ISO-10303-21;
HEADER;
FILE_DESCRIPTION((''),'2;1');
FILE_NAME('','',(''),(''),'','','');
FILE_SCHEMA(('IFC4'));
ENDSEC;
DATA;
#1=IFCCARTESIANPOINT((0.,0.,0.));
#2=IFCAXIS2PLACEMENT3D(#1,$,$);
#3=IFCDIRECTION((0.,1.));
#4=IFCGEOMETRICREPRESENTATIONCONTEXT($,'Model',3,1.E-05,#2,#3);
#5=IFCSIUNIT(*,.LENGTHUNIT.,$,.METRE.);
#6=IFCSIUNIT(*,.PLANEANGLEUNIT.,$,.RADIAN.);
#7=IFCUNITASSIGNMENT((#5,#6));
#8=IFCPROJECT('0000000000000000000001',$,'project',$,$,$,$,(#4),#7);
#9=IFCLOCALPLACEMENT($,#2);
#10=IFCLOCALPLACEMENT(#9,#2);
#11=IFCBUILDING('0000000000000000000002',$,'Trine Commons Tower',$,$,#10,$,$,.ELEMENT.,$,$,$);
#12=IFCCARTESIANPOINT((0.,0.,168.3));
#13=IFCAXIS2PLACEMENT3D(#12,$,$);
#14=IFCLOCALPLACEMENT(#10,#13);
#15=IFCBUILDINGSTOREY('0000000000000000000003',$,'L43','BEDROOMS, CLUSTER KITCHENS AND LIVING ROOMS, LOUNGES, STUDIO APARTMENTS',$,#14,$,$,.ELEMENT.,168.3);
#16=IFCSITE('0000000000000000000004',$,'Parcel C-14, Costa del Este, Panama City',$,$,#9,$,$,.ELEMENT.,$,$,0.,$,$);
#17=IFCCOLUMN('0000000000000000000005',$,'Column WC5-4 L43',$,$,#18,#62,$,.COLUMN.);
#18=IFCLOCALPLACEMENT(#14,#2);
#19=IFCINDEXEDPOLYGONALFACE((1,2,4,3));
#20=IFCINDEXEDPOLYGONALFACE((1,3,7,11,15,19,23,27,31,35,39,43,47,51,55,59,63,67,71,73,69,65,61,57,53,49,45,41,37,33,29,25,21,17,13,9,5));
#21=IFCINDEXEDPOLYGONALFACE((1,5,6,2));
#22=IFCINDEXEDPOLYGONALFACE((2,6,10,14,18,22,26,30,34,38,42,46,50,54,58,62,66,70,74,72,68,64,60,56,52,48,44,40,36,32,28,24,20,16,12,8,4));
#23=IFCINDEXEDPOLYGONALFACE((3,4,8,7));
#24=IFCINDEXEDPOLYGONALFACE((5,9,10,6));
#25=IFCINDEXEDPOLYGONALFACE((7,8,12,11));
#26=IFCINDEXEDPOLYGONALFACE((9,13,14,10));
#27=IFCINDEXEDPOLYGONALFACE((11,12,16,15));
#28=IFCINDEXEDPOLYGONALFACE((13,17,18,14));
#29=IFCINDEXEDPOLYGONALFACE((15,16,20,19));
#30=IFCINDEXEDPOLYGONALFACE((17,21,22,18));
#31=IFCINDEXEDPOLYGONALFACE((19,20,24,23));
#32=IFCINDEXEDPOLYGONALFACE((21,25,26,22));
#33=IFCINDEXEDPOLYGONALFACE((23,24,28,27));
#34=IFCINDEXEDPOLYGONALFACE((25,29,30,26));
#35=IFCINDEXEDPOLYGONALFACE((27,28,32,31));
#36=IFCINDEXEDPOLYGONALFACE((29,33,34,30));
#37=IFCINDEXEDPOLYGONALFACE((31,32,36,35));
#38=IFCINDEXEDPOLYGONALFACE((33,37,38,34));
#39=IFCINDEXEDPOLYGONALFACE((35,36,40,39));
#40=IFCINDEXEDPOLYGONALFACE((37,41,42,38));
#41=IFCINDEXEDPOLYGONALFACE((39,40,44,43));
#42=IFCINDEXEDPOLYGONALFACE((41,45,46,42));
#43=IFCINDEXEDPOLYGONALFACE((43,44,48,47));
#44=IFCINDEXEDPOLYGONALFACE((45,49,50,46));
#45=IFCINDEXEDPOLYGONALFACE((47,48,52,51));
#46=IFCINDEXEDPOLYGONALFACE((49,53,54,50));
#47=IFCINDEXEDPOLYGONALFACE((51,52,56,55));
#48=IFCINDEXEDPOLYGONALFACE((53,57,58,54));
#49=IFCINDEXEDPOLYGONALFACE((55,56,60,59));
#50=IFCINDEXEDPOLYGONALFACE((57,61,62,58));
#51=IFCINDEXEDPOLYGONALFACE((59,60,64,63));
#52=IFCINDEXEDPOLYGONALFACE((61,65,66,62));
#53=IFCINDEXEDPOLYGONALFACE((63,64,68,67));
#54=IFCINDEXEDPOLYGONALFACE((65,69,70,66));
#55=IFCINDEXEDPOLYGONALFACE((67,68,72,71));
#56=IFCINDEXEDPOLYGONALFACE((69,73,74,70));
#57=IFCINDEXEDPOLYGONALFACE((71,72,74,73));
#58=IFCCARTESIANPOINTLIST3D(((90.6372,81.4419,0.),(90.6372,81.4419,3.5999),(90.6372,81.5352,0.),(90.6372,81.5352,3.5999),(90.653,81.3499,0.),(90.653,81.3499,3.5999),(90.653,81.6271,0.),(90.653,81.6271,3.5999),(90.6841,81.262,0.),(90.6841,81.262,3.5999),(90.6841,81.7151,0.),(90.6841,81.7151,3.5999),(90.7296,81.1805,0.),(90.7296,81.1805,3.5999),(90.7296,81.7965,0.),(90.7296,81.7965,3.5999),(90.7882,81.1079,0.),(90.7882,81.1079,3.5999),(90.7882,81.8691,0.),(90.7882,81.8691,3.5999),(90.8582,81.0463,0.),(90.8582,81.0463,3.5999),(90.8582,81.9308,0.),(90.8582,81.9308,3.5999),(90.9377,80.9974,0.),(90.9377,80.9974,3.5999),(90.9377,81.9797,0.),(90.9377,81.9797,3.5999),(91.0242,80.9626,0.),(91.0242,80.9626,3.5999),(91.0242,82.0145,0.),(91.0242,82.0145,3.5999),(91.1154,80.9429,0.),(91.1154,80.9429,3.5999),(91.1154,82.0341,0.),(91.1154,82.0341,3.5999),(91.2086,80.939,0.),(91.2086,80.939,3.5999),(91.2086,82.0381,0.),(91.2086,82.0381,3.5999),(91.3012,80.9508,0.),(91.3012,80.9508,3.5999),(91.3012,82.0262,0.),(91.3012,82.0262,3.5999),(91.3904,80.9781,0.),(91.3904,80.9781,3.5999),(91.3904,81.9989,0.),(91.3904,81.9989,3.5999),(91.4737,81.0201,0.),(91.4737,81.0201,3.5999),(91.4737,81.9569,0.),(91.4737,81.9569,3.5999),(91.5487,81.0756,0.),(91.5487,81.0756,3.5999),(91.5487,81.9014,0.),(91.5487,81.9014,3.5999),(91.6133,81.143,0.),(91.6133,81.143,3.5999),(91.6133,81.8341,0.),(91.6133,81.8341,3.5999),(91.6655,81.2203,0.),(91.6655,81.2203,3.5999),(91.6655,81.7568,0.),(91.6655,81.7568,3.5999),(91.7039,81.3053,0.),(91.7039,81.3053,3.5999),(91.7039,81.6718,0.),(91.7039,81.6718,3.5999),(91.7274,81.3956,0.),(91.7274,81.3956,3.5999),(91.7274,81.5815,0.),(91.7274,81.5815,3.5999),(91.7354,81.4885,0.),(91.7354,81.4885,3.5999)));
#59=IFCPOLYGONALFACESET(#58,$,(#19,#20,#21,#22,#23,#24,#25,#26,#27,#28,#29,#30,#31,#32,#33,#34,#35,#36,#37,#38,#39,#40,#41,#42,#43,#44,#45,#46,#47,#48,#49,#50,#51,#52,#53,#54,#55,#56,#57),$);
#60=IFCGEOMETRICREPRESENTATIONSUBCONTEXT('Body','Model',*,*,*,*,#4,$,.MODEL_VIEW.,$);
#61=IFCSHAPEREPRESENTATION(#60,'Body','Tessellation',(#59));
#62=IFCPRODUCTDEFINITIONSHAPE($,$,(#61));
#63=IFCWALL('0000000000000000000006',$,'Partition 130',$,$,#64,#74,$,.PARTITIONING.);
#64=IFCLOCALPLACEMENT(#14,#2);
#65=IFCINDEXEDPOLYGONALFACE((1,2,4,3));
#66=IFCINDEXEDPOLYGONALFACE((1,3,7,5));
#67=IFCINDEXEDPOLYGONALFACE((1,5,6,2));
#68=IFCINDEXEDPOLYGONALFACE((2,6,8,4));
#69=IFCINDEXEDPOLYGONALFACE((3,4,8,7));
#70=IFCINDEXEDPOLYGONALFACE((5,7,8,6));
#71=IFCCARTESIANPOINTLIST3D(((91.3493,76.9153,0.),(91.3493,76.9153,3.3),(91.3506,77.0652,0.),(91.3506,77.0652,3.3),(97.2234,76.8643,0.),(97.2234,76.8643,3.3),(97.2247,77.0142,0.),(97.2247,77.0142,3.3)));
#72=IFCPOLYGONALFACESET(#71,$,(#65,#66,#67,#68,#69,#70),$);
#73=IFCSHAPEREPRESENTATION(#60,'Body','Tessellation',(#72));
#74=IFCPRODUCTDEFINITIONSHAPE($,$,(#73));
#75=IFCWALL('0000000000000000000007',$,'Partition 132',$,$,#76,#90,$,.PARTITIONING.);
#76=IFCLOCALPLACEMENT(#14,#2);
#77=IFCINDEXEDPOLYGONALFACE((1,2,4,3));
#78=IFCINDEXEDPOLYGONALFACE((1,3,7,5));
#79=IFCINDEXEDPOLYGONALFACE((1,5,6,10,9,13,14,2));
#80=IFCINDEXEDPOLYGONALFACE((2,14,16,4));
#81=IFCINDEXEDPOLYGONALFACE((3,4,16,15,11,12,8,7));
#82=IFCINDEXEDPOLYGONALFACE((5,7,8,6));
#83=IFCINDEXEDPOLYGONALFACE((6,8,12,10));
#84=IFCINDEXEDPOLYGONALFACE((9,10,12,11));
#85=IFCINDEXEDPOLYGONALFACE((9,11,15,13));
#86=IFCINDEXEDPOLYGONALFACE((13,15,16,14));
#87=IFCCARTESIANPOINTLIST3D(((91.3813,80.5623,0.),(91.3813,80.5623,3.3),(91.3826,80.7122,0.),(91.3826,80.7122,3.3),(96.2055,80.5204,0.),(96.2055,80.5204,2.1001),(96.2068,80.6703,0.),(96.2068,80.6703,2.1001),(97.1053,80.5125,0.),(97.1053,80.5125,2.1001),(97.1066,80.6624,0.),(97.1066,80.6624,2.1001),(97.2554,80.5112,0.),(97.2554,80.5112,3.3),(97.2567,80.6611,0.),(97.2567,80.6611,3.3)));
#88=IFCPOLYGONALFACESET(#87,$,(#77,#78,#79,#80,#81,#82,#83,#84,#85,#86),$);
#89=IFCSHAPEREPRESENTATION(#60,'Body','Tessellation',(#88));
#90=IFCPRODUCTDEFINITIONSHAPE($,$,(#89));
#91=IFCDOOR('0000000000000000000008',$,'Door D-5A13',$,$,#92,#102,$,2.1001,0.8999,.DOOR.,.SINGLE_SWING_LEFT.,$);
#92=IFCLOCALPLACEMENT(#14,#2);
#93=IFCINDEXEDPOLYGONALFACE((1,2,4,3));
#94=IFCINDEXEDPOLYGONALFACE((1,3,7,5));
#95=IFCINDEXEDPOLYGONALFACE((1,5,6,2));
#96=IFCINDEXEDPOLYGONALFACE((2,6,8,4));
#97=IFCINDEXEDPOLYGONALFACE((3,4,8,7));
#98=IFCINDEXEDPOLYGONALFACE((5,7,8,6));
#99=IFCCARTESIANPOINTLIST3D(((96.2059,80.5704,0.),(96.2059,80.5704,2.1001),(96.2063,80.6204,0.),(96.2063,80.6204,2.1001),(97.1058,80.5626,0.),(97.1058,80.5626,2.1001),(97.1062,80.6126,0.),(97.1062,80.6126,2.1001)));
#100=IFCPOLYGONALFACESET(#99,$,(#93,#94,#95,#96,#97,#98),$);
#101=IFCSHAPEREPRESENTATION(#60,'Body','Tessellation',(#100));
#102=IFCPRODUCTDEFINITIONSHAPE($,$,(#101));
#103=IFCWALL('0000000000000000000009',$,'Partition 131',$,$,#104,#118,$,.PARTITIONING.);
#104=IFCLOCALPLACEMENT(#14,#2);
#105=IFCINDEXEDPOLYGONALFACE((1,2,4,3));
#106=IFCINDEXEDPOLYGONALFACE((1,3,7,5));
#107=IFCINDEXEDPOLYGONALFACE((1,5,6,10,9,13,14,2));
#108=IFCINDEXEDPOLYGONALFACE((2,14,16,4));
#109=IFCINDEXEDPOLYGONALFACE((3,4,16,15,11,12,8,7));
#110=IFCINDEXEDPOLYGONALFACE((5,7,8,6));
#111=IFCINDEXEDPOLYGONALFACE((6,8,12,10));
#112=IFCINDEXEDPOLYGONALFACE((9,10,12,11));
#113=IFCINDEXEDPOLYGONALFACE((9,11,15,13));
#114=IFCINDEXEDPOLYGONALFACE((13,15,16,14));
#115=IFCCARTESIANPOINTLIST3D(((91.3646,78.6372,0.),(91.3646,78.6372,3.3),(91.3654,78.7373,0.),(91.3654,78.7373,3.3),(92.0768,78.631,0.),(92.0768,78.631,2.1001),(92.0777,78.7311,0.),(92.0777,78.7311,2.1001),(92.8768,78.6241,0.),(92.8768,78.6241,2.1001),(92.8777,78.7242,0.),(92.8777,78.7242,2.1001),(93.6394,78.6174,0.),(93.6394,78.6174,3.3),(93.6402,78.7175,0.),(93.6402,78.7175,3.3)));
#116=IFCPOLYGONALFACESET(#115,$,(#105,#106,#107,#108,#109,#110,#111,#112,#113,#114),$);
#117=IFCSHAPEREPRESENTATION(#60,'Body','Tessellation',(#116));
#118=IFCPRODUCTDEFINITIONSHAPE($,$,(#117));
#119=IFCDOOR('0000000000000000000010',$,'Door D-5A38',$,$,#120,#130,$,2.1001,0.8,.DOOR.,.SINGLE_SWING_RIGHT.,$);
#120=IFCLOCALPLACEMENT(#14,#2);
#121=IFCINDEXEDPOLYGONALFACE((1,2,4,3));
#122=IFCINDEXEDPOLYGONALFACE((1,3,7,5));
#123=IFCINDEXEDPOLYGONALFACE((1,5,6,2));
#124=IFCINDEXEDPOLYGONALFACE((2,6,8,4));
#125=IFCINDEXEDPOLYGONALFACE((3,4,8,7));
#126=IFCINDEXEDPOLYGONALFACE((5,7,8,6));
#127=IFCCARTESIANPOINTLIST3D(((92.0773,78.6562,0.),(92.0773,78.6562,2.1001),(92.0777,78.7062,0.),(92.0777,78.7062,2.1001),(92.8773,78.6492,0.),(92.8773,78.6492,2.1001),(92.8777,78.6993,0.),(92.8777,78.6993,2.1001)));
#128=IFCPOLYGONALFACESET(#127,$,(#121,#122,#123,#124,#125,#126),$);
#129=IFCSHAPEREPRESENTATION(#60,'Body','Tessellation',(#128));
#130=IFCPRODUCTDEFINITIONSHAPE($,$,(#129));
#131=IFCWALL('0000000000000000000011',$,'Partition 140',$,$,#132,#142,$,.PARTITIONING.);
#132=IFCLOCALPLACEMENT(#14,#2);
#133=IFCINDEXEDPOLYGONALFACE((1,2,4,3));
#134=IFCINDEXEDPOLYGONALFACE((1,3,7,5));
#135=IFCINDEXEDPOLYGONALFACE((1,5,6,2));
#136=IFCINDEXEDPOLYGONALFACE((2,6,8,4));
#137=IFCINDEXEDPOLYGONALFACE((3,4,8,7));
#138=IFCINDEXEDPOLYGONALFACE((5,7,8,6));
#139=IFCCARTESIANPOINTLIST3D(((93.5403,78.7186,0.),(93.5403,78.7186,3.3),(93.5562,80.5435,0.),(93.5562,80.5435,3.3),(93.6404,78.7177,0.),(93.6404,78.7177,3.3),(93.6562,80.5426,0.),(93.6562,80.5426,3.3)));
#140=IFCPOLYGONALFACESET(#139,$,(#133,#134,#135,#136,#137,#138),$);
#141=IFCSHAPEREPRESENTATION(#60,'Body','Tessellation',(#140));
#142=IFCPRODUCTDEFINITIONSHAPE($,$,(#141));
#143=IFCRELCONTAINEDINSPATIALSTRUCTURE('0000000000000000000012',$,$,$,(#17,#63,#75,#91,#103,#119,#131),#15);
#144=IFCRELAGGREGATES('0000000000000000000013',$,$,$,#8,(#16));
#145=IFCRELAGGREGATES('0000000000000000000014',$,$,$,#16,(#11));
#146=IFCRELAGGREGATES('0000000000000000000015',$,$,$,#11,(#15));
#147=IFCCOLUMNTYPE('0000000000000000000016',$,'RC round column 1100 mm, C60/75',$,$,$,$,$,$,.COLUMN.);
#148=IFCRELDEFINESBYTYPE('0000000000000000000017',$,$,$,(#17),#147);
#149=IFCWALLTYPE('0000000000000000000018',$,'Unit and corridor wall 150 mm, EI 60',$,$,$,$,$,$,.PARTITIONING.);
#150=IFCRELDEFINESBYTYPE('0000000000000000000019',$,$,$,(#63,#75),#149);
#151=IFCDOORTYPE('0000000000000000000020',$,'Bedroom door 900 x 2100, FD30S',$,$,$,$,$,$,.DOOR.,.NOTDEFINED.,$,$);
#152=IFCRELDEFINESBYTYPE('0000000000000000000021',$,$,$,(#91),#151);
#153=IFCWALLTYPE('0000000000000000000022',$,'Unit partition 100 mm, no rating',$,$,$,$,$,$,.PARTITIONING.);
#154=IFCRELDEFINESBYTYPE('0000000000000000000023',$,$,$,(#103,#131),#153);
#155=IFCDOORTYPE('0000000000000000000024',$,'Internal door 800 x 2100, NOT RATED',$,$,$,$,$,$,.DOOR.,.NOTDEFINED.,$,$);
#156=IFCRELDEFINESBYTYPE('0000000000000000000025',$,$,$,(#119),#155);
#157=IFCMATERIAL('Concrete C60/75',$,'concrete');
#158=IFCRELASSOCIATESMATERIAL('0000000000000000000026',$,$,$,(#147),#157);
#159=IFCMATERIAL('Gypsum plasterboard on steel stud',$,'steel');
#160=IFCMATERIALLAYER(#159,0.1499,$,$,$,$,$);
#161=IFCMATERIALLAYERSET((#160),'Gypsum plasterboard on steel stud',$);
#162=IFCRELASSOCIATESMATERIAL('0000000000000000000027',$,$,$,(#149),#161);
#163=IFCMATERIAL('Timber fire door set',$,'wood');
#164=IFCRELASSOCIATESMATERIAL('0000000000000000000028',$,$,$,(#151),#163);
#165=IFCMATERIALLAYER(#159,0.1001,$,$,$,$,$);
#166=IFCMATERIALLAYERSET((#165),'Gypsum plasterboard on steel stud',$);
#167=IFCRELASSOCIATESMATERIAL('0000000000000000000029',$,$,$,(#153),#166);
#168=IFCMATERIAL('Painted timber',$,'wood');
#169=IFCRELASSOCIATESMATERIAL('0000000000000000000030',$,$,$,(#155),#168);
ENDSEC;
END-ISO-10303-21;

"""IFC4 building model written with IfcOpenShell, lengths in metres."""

from ifc_helpers import new_model, si_unit, direction, frame, frame_2d, origin, origin_2d, place, context, subcontext, project, spatial, rectangle, circle, extrude, material, layer, layer_set, material_profile, profile_set, type_object, element, fill, save


model = new_model("IFC4")

# Units and contexts
model_context = context("Model", 3, precision=1e-05, world=origin(), true_north=direction((0.0, 1.0)))
body_context = subcontext(model_context, "Body", "Model", "MODEL_VIEW")
ifc_project = project(units=[si_unit("LENGTHUNIT", "METRE"), si_unit("PLANEANGLEUNIT", "RADIAN")], contexts=[model_context])

# Site, building, storey
site_placement = place(None, origin())
site = spatial("IfcSite", under=ifc_project, at=site_placement, Name="Parcel C-14, Costa del Este, Panama City", CompositionType="ELEMENT", RefElevation=0.0)
building_placement = place(site_placement, origin())
building = spatial("IfcBuilding", under=site, at=building_placement, Name="Trine Commons Tower", CompositionType="ELEMENT")
storey_placement = place(building_placement, frame((0.0, 0.0, 168.3)))
storey = spatial("IfcBuildingStorey", under=building, at=storey_placement, Name="L43", Description="BEDROOMS, CLUSTER KITCHENS AND LIVING ROOMS, LOUNGES, STUDIO APARTMENTS", CompositionType="ELEMENT", Elevation=168.3)

# Column
ifc_material_1 = material(Name="Concrete C60/75", Category="concrete")
ifc_material_profile = material_profile(ifc_material_1, circle(Radius=0.55, at=origin_2d()), Name="RC round 1100")
ifc_profile_set = profile_set([ifc_material_profile], Name="Concrete C60/75")
column_type = type_object("IfcColumnType", Name="RC round column 1100 mm, C60/75", PredefinedType="COLUMN", material=ifc_profile_set)
column_placement = place(storey_placement, frame((91.1853, 81.4885, 0.0), z_axis=(0.0, 0.0, 1.0), x_axis=(1.0, 0.0, 0.0)))
element("IfcColumn", 1, at=column_placement, inside=storey, type_object=column_type, Name="Column WC5-4 L43", PredefinedType="COLUMN", context=body_context, shape_type="SweptSolid", body=[
    extrude(circle(Radius=0.55, at=origin_2d()), origin(), (0.0, 0.0, 1.0), 3.5999),
])

# Wall
ifc_material_2 = material(Name="Gypsum plasterboard on steel stud", Category="steel")
ifc_layer_1 = layer(ifc_material_2, 0.1499)
ifc_layer_set_1 = layer_set([ifc_layer_1], Name="Gypsum plasterboard on steel stud")
wall_type_1 = type_object("IfcWallType", Name="Unit and corridor wall 150 mm, EI 60", PredefinedType="PARTITIONING", material=ifc_layer_set_1)
wall_1_placement = place(storey_placement, frame((91.3501, 76.9902, 0.0), z_axis=(0.0, 0.0, 1.0), x_axis=(0.999962, -0.008686, 0.0)))
element("IfcWall", 2, at=wall_1_placement, inside=storey, type_object=wall_type_1, Name="Partition 130", PredefinedType="PARTITIONING", context=body_context, shape_type="SweptSolid", body=[
    extrude(rectangle(XDim=5.8743, YDim=0.1499, at=frame_2d((2.937, 0.0))), origin(), (0.0, 0.0, 1.0), 3.3),
])

# Walls, openings, doors
wall_2_placement = place(storey_placement, frame((91.3821, 80.6372, 0.0), z_axis=(0.0, 0.0, 1.0), x_axis=(0.999962, -0.008686, 0.0)))
wall_2 = element("IfcWall", 3, at=wall_2_placement, inside=storey, type_object=wall_type_1, Name="Partition 132", PredefinedType="PARTITIONING", context=body_context, shape_type="SweptSolid", body=[
    extrude(rectangle(XDim=5.8743, YDim=0.1499, at=frame_2d((2.937, 0.0))), origin(), (0.0, 0.0, 1.0), 3.3),
])
opening_1_placement = place(wall_2_placement, frame((4.8242, 0.0, 0.0)))
opening_1 = element("IfcOpeningElement", 4, at=opening_1_placement, cuts=wall_2, PredefinedType="OPENING", context=body_context, shape_type="SweptSolid", body=[
    extrude(rectangle(XDim=0.8999, YDim=2.1001, at=frame_2d((0.45, 1.05))), frame((0.0, 0.085, 0.0), z_axis=(0.0, -1.0, 0.0), x_axis=(1.0, 0.0, 0.0)), (0.0, 0.0, 1.0), 0.1699),
])
ifc_material_3 = material(Name="Timber fire door set", Category="wood")
door_type_1 = type_object("IfcDoorType", Name="Bedroom door 900 x 2100, FD30S", OperationType="NOTDEFINED", PredefinedType="DOOR", material=ifc_material_3)
door_1_placement = place(opening_1_placement, frame((0.8999, 0.0, 0.0), z_axis=(0.0, 0.0, 1.0), x_axis=(-1.0, 0.0, 0.0)))
door_1 = element("IfcDoor", 5, at=door_1_placement, inside=storey, type_object=door_type_1, Name="Door D-5A13", OperationType="SINGLE_SWING_LEFT", OverallHeight=2.1001, OverallWidth=0.8999, PredefinedType="DOOR", context=body_context, shape_type="SweptSolid", body=[
    extrude(rectangle(XDim=0.8999, YDim=2.1001, at=frame_2d((0.45, 1.05))), frame((0.0, 0.0249, 0.0), z_axis=(0.0, -1.0, 0.0), x_axis=(1.0, 0.0, 0.0)), (0.0, 0.0, 1.0), 0.05),
])
fill(opening_1, door_1)
ifc_layer_2 = layer(ifc_material_2, 0.1001)
ifc_layer_set_2 = layer_set([ifc_layer_2], Name="Gypsum plasterboard on steel stud")
wall_type_2 = type_object("IfcWallType", Name="Unit partition 100 mm, no rating", PredefinedType="PARTITIONING", material=ifc_layer_set_2)
wall_3_placement = place(storey_placement, frame((91.365, 78.6873, 0.0), z_axis=(0.0, 0.0, 1.0), x_axis=(0.999962, -0.008693, 0.0)))
wall_3 = element("IfcWall", 6, at=wall_3_placement, inside=storey, type_object=wall_type_2, Name="Partition 131", PredefinedType="PARTITIONING", context=body_context, shape_type="SweptSolid", body=[
    extrude(rectangle(XDim=2.2749, YDim=0.1001, at=frame_2d((1.1375, 0.0))), origin(), (0.0, 0.0, 1.0), 3.3),
])
opening_2_placement = place(wall_3_placement, frame((0.7124, 0.0, 0.0)))
opening_2 = element("IfcOpeningElement", 7, at=opening_2_placement, cuts=wall_3, PredefinedType="OPENING", context=body_context, shape_type="SweptSolid", body=[
    extrude(rectangle(XDim=0.8, YDim=2.1001, at=frame_2d((0.3999, 1.05))), frame((0.0, 0.0601, 0.0), z_axis=(0.0, -1.0, 0.0), x_axis=(1.0, 0.0, 0.0)), (0.0, 0.0, 1.0), 0.1201),
])
ifc_material_4 = material(Name="Painted timber", Category="wood")
door_type_2 = type_object("IfcDoorType", Name="Internal door 800 x 2100, NOT RATED", OperationType="NOTDEFINED", PredefinedType="DOOR", material=ifc_material_4)
door_2_placement = place(opening_2_placement, frame((0.8, 0.0, 0.0), z_axis=(0.0, 0.0, 1.0), x_axis=(-1.0, 0.0, 0.0)))
door_2 = element("IfcDoor", 8, at=door_2_placement, inside=storey, type_object=door_type_2, Name="Door D-5A38", OperationType="SINGLE_SWING_RIGHT", OverallHeight=2.1001, OverallWidth=0.8, PredefinedType="DOOR", context=body_context, shape_type="SweptSolid", body=[
    extrude(rectangle(XDim=0.8, YDim=2.1001, at=frame_2d((0.3999, 1.05))), frame((0.0, 0.0249, 0.0), z_axis=(0.0, -1.0, 0.0), x_axis=(1.0, 0.0, 0.0)), (0.0, 0.0, 1.0), 0.05),
])
fill(opening_2, door_2)

# Wall
wall_4_placement = place(storey_placement, frame((93.5903, 78.718, 0.0), z_axis=(0.0, 0.0, 1.0), x_axis=(0.008695, 0.999962, 0.0)))
element("IfcWall", 9, at=wall_4_placement, inside=storey, type_object=wall_type_2, Name="Partition 140", PredefinedType="PARTITIONING", context=body_context, shape_type="SweptSolid", body=[
    extrude(rectangle(XDim=1.825, YDim=0.1001, at=frame_2d((0.9126, 0.0))), origin(), (0.0, 0.0, 1.0), 3.3),
])

save(model, "model.ifc")
